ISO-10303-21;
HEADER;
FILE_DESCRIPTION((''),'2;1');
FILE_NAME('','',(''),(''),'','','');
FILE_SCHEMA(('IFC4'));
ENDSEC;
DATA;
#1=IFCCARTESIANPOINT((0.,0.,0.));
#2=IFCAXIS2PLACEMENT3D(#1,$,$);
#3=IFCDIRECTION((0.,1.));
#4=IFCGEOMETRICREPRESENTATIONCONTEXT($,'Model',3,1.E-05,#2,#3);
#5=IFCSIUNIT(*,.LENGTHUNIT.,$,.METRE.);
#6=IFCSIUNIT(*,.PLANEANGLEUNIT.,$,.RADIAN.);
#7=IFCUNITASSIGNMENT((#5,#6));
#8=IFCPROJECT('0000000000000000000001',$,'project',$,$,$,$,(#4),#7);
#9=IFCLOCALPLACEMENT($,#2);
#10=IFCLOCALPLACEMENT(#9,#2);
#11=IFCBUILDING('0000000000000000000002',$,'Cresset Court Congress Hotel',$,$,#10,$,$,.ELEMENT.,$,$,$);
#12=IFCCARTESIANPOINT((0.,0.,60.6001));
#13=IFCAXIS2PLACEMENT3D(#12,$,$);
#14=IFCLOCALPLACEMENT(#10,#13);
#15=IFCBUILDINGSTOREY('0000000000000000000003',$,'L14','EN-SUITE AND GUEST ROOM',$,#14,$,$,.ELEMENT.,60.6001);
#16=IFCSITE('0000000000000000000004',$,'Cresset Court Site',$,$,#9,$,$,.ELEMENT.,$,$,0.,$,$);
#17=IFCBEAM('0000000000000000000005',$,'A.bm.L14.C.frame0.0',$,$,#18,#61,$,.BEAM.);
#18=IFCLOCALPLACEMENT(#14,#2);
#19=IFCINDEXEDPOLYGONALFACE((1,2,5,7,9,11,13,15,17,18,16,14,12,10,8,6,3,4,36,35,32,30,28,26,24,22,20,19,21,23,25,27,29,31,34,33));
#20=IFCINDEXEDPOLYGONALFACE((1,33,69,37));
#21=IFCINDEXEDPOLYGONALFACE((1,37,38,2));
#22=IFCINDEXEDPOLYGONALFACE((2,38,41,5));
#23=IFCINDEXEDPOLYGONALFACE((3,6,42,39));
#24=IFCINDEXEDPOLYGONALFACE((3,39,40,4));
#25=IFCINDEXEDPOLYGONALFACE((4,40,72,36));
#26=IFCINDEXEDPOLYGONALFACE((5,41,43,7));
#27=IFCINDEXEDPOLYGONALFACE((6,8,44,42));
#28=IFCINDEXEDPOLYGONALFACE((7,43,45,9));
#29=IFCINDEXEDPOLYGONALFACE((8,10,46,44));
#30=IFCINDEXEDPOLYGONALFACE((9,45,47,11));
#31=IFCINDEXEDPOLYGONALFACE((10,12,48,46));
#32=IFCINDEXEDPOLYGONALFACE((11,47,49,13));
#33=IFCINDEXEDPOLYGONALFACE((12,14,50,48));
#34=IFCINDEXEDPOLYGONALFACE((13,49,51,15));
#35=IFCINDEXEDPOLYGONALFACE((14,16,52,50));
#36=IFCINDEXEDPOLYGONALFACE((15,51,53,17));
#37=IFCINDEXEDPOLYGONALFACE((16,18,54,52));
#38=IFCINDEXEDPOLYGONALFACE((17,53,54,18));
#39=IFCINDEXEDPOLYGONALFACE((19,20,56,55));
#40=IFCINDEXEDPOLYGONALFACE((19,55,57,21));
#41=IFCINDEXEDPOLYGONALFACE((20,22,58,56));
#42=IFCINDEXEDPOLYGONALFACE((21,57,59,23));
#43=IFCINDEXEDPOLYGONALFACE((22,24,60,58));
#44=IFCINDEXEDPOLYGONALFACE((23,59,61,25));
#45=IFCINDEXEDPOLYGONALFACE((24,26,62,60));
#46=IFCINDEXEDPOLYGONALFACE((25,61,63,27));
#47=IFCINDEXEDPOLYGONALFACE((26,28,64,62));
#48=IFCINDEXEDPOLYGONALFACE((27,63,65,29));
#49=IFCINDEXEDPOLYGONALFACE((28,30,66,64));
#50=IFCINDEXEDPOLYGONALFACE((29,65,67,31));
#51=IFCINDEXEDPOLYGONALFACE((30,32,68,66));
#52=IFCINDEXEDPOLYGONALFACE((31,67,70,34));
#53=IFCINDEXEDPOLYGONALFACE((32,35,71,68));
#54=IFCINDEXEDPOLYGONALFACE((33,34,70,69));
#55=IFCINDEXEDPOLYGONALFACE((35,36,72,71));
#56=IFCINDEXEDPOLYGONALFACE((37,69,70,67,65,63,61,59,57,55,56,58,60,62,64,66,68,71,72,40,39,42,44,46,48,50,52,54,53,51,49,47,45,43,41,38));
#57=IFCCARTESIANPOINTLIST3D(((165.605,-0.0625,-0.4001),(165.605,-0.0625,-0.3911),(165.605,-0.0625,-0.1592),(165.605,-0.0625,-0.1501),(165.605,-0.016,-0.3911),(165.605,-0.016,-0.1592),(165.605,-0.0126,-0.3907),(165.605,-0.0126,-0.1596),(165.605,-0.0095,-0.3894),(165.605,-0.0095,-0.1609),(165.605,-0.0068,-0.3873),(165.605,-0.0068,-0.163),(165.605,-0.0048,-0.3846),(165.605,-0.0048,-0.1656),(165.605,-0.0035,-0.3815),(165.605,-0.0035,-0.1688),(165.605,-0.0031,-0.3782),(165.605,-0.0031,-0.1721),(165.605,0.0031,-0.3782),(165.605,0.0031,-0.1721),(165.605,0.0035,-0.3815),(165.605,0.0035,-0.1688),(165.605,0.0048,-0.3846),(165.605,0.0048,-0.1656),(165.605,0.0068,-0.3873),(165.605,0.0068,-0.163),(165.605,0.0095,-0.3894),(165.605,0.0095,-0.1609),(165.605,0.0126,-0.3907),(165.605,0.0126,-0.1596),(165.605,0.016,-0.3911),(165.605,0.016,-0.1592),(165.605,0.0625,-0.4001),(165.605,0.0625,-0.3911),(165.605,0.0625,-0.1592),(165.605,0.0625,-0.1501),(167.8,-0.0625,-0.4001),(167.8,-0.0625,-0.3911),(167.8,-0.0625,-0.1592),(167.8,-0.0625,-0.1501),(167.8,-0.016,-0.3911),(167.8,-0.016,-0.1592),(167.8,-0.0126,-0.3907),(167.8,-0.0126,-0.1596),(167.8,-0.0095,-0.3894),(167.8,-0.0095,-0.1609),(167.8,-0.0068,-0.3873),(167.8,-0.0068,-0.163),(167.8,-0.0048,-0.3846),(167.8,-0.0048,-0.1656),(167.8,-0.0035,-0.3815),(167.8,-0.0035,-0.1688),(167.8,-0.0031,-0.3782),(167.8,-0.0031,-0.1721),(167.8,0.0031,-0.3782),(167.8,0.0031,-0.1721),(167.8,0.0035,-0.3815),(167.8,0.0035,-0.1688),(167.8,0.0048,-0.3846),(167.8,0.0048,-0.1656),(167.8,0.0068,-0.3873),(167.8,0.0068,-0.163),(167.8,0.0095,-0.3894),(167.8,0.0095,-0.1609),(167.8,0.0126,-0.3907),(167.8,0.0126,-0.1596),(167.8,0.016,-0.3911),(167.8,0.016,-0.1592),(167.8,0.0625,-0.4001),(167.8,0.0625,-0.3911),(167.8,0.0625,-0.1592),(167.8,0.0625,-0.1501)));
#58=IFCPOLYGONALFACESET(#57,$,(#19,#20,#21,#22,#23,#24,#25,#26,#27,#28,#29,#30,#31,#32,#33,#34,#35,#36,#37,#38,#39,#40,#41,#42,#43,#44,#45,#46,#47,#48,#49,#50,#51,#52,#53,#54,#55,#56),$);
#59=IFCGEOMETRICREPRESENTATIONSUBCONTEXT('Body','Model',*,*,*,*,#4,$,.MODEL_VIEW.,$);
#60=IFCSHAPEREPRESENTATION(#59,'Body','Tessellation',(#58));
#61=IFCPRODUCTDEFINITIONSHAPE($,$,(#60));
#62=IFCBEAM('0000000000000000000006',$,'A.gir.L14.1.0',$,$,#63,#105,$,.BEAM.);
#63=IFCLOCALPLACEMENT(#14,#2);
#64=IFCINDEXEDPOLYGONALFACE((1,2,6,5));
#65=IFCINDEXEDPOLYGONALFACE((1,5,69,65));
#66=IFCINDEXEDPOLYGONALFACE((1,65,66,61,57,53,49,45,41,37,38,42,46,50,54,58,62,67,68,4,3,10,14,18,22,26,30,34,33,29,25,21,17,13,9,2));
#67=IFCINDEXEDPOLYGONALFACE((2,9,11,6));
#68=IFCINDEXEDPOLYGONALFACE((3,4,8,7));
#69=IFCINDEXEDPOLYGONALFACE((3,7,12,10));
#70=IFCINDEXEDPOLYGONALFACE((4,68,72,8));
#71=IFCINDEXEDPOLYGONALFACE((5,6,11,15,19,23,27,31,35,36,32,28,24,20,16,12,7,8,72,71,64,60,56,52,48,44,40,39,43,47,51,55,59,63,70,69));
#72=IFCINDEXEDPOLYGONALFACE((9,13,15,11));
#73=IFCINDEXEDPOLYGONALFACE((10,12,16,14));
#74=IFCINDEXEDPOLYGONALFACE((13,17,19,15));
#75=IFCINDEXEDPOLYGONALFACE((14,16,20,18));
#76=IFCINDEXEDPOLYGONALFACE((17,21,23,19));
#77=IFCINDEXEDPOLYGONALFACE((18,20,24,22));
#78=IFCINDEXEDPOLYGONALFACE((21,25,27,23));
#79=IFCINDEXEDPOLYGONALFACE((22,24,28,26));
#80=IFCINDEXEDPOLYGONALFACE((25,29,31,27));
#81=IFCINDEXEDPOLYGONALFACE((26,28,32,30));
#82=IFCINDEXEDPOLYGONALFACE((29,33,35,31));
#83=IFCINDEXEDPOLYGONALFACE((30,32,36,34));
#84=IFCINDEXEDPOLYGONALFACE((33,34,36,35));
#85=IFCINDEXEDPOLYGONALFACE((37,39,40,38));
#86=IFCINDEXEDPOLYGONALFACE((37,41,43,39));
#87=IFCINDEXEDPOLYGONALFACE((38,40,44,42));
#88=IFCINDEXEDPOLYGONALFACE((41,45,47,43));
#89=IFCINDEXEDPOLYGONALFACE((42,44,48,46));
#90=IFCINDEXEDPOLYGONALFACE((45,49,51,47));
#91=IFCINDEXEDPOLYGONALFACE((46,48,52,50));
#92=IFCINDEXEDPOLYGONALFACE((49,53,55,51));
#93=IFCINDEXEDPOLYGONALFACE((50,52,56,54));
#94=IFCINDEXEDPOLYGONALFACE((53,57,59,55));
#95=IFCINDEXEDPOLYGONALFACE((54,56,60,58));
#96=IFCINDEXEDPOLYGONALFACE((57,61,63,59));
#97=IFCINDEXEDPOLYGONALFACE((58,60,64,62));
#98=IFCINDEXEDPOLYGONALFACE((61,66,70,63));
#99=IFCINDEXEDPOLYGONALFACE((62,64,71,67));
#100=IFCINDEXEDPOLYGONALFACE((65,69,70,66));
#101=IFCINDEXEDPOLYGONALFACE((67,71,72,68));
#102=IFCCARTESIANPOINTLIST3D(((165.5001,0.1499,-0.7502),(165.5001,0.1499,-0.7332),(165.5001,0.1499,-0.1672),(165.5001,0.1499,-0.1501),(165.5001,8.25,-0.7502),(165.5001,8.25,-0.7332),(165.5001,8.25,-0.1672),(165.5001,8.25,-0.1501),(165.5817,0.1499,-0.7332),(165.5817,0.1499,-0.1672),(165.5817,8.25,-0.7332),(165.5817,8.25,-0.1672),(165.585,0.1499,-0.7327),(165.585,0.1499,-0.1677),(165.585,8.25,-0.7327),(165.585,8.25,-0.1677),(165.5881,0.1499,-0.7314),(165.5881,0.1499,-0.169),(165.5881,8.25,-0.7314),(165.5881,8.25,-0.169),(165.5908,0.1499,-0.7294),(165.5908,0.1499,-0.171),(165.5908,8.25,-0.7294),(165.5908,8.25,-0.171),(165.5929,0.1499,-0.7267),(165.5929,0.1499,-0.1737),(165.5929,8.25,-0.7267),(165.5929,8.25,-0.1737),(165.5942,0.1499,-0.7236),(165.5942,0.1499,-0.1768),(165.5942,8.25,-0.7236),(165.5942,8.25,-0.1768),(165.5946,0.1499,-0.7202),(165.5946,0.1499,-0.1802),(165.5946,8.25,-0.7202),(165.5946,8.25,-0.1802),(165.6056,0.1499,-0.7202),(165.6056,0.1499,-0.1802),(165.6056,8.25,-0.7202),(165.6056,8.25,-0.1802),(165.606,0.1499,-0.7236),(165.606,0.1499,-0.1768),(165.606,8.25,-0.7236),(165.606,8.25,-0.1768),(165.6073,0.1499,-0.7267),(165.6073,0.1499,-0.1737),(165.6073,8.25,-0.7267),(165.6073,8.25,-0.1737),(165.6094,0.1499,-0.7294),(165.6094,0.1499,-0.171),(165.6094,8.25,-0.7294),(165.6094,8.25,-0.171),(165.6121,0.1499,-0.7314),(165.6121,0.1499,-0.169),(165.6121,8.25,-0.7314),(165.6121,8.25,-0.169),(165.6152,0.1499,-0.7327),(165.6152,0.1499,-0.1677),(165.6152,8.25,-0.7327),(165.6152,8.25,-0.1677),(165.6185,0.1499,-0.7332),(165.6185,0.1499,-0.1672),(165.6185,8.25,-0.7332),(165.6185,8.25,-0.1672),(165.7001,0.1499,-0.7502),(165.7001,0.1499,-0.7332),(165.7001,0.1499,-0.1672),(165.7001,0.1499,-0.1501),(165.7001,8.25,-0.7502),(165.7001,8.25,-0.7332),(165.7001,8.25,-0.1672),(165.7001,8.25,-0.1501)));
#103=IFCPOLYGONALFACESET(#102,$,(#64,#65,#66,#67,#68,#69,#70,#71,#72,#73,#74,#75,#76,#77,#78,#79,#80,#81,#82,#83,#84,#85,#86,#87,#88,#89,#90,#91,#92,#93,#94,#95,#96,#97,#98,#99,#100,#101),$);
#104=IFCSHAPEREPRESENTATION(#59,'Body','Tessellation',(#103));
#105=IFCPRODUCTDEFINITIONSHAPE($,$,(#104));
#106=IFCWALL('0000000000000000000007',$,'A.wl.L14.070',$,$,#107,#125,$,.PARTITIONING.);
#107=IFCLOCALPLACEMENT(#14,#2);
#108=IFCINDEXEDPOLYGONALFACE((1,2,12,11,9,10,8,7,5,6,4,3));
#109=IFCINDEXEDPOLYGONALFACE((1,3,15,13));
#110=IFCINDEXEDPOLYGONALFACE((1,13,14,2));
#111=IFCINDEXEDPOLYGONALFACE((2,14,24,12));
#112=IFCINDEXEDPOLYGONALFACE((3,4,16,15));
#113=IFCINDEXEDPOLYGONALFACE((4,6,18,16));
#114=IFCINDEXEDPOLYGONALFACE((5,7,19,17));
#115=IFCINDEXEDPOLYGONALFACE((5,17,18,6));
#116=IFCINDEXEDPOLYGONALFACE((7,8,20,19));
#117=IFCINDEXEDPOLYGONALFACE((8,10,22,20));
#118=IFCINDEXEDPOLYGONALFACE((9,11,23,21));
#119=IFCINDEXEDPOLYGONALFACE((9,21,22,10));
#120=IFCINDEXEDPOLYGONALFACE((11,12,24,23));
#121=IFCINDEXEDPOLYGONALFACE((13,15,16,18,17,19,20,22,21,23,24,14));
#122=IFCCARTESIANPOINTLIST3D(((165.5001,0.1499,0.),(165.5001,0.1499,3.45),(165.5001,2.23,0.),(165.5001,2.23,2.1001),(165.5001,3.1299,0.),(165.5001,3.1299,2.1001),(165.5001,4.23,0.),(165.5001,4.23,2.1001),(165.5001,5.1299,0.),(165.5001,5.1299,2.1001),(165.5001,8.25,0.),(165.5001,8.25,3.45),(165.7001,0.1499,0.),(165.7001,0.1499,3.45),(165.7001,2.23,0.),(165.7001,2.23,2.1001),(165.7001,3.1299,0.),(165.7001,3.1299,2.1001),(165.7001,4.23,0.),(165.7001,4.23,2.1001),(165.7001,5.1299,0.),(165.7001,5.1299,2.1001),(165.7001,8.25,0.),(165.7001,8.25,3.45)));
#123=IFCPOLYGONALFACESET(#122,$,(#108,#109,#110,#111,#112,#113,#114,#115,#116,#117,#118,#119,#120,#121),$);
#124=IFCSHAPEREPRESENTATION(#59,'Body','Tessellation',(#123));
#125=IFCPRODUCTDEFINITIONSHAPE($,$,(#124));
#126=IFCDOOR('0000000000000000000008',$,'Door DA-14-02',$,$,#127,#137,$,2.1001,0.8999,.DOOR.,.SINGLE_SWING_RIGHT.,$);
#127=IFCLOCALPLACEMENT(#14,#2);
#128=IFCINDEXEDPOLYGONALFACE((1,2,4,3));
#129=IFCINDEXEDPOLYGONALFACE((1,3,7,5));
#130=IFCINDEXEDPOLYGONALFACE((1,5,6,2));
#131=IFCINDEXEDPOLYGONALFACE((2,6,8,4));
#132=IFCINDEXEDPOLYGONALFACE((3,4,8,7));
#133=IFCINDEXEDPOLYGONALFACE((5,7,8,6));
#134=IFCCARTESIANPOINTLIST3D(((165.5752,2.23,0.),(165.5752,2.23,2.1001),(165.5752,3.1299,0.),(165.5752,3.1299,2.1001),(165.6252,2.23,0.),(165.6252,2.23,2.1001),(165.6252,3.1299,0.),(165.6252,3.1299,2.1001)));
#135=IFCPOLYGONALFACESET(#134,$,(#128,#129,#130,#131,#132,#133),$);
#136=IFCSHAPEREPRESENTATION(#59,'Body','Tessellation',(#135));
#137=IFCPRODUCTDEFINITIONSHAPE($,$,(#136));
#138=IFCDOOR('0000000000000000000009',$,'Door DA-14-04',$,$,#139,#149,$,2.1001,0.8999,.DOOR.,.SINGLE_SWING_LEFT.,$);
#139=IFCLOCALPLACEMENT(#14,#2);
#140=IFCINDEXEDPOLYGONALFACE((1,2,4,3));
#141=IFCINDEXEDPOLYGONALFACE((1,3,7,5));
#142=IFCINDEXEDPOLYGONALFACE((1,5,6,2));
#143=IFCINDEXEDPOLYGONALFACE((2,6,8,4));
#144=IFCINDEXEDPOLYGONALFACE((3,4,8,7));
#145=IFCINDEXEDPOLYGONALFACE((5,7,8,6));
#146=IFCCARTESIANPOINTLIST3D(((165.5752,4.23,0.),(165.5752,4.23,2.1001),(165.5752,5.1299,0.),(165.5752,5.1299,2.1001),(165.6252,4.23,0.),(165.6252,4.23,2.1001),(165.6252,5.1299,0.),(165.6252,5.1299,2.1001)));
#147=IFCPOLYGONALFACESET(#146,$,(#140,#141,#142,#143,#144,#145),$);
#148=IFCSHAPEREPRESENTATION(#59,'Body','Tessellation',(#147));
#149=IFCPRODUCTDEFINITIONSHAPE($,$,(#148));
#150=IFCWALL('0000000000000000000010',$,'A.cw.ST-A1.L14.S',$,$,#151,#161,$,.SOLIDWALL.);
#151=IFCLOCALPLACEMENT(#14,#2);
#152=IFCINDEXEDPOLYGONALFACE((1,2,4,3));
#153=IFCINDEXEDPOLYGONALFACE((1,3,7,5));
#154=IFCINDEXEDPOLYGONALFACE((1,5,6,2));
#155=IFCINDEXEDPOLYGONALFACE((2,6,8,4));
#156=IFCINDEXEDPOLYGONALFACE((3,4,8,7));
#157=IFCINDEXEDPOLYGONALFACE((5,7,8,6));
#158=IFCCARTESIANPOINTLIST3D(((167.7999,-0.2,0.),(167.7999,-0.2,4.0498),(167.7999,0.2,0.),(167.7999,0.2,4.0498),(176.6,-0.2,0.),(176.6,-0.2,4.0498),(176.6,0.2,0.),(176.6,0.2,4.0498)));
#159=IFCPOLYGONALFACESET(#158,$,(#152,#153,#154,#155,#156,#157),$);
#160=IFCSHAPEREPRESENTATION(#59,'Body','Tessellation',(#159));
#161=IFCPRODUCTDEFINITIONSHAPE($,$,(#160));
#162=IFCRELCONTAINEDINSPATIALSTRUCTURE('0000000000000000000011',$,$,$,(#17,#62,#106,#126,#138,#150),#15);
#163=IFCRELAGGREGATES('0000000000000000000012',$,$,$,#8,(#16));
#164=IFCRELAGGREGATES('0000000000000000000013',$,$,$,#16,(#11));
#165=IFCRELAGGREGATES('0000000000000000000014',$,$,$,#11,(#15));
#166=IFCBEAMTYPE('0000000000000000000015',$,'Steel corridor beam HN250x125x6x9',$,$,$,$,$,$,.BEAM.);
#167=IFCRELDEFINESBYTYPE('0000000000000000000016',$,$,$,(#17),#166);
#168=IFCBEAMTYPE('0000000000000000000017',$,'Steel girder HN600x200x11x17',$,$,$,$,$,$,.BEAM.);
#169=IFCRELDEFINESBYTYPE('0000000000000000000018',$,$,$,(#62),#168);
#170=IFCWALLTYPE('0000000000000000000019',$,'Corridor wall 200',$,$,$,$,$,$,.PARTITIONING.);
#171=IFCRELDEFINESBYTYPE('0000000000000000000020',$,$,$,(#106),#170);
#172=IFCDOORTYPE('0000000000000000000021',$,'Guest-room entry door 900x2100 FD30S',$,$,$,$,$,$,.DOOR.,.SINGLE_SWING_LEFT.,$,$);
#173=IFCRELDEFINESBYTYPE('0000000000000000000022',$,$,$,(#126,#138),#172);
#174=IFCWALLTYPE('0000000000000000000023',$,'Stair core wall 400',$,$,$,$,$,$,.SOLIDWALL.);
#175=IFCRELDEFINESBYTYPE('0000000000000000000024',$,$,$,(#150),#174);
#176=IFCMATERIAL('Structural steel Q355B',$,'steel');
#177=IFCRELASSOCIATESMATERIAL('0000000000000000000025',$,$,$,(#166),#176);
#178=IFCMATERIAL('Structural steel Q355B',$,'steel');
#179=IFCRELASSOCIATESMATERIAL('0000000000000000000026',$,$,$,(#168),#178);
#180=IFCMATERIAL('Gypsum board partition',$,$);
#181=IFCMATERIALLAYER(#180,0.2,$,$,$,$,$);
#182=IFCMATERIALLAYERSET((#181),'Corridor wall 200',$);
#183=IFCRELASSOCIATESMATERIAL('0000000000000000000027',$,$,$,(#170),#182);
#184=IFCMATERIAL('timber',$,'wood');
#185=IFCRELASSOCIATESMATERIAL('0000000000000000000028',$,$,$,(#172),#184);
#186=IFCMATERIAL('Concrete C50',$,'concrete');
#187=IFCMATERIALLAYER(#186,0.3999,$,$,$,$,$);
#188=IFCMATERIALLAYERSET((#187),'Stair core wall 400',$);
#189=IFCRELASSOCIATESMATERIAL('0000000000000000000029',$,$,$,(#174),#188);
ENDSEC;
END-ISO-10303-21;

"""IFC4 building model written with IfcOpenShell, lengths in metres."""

from ifc_helpers import new_model, si_unit, direction, frame, frame_2d, origin, origin_2d, place, context, subcontext, project, spatial, rectangle, i_section, extrude, material, layer, layer_set, material_profile, profile_set, type_object, element, fill, save


model = new_model("IFC4")

# Units and contexts
model_context = context("Model", 3, precision=1e-05, world=origin(), true_north=direction((0.0, 1.0)))
body_context = subcontext(model_context, "Body", "Model", "MODEL_VIEW")
ifc_project = project(units=[si_unit("LENGTHUNIT", "METRE"), si_unit("PLANEANGLEUNIT", "RADIAN")], contexts=[model_context])

# Site, building, storey
site_placement = place(None, origin())
site = spatial("IfcSite", under=ifc_project, at=site_placement, Name="Cresset Court Site", CompositionType="ELEMENT", RefElevation=0.0)
building_placement = place(site_placement, origin())
building = spatial("IfcBuilding", under=site, at=building_placement, Name="Cresset Court Congress Hotel", CompositionType="ELEMENT")
storey_placement = place(building_placement, frame((0.0, 0.0, 60.6001)))
storey = spatial("IfcBuildingStorey", under=building, at=storey_placement, Name="L14", Description="EN-SUITE AND GUEST ROOM", CompositionType="ELEMENT", Elevation=60.6001)

# Beams
ifc_material_1 = material(Name="Structural steel Q355B", Category="steel")
ifc_material_profile_1 = material_profile(ifc_material_1, i_section(OverallWidth=0.125, OverallDepth=0.25, WebThickness=0.0061, FlangeThickness=0.009, FilletRadius=0.0129, at=origin_2d()), Name="HN250x125x6x9")
ifc_profile_set_1 = profile_set([ifc_material_profile_1], Name="Structural steel Q355B")
beam_type_1 = type_object("IfcBeamType", Name="Steel corridor beam HN250x125x6x9", PredefinedType="BEAM", material=ifc_profile_set_1)
beam_1_placement = place(storey_placement, frame((165.605, 0.0, -0.2751), z_axis=(1.0, 0.0, 0.0), x_axis=(0.0, 1.0, 0.0)))
element("IfcBeam", 1, at=beam_1_placement, inside=storey, type_object=beam_type_1, Name="A.bm.L14.C.frame0.0", PredefinedType="BEAM", context=body_context, shape_type="SweptSolid", body=[
    extrude(i_section(OverallWidth=0.125, OverallDepth=0.25, WebThickness=0.0061, FlangeThickness=0.009, FilletRadius=0.0129, at=origin_2d()), origin(), (0.0, 0.0, 1.0), 2.1951),
])
ifc_material_2 = material(Name="Structural steel Q355B", Category="steel")
ifc_material_profile_2 = material_profile(ifc_material_2, i_section(OverallWidth=0.2, OverallDepth=0.6001, WebThickness=0.011, FlangeThickness=0.0171, FilletRadius=0.0129, at=origin_2d()), Name="HN600x200x11x17")
ifc_profile_set_2 = profile_set([ifc_material_profile_2], Name="Structural steel Q355B")
beam_type_2 = type_object("IfcBeamType", Name="Steel girder HN600x200x11x17", PredefinedType="BEAM", material=ifc_profile_set_2)
beam_2_placement = place(storey_placement, frame((165.6001, 0.1499, -0.4502), z_axis=(0.0, 1.0, 0.0), x_axis=(-1.0, 0.0, 0.0)))
element("IfcBeam", 2, at=beam_2_placement, inside=storey, type_object=beam_type_2, Name="A.gir.L14.1.0", PredefinedType="BEAM", context=body_context, shape_type="SweptSolid", body=[
    extrude(i_section(OverallWidth=0.2, OverallDepth=0.6001, WebThickness=0.011, FlangeThickness=0.0171, FilletRadius=0.0129, at=origin_2d()), origin(), (0.0, 0.0, 1.0), 8.1001),
])

# Wall, openings, doors
ifc_material_3 = material(Name="Gypsum board partition")
ifc_layer_1 = layer(ifc_material_3, 0.2)
ifc_layer_set_1 = layer_set([ifc_layer_1], Name="Corridor wall 200")
wall_type_1 = type_object("IfcWallType", Name="Corridor wall 200", PredefinedType="PARTITIONING", material=ifc_layer_set_1)
wall_1_placement = place(storey_placement, frame((165.6001, 0.1499, 0.0), z_axis=(0.0, 0.0, 1.0), x_axis=(0.0, 1.0, 0.0)))
wall_1 = element("IfcWall", 3, at=wall_1_placement, inside=storey, type_object=wall_type_1, Name="A.wl.L14.070", PredefinedType="PARTITIONING", context=body_context, shape_type="SweptSolid", body=[
    extrude(rectangle(XDim=8.1001, YDim=0.2, at=frame_2d((4.05, 0.0))), origin(), (0.0, 0.0, 1.0), 3.45),
])
opening_1_placement = place(wall_1_placement, frame((2.0801, 0.0, 0.0)))
opening_1 = element("IfcOpeningElement", 4, at=opening_1_placement, cuts=wall_1, PredefinedType="OPENING", context=body_context, shape_type="SweptSolid", body=[
    extrude(rectangle(XDim=0.8999, YDim=2.1001, at=frame_2d((0.45, 1.05))), frame((0.0, 0.1099, 0.0), z_axis=(0.0, -1.0, 0.0), x_axis=(1.0, 0.0, 0.0)), (0.0, 0.0, 1.0), 0.22),
])
opening_2_placement = place(wall_1_placement, frame((4.0801, 0.0, 0.0)))
opening_2 = element("IfcOpeningElement", 5, at=opening_2_placement, cuts=wall_1, PredefinedType="OPENING", context=body_context, shape_type="SweptSolid", body=[
    extrude(rectangle(XDim=0.8999, YDim=2.1001, at=frame_2d((0.45, 1.05))), frame((0.0, 0.1099, 0.0), z_axis=(0.0, -1.0, 0.0), x_axis=(1.0, 0.0, 0.0)), (0.0, 0.0, 1.0), 0.22),
])
ifc_material_4 = material(Name="timber", Category="wood")
door_type_1 = type_object("IfcDoorType", Name="Guest-room entry door 900x2100 FD30S", OperationType="SINGLE_SWING_LEFT", PredefinedType="DOOR", material=ifc_material_4)
door_1_placement = place(opening_1_placement, origin())
door_1 = element("IfcDoor", 6, at=door_1_placement, inside=storey, type_object=door_type_1, Name="Door DA-14-02", OperationType="SINGLE_SWING_RIGHT", OverallHeight=2.1001, OverallWidth=0.8999, PredefinedType="DOOR", context=body_context, shape_type="SweptSolid", body=[
    extrude(rectangle(XDim=0.8999, YDim=2.1001, at=frame_2d((0.45, 1.05))), frame((0.0, 0.0249, 0.0), z_axis=(0.0, -1.0, 0.0), x_axis=(1.0, 0.0, 0.0)), (0.0, 0.0, 1.0), 0.05),
])
fill(opening_1, door_1)
door_2_placement = place(opening_2_placement, origin())
door_2 = element("IfcDoor", 7, at=door_2_placement, inside=storey, type_object=door_type_1, Name="Door DA-14-04", OperationType="SINGLE_SWING_LEFT", OverallHeight=2.1001, OverallWidth=0.8999, PredefinedType="DOOR", context=body_context, shape_type="SweptSolid", body=[
    extrude(rectangle(XDim=0.8999, YDim=2.1001, at=frame_2d((0.45, 1.05))), frame((0.0, 0.0249, 0.0), z_axis=(0.0, -1.0, 0.0), x_axis=(1.0, 0.0, 0.0)), (0.0, 0.0, 1.0), 0.05),
])
fill(opening_2, door_2)

# Wall
ifc_material_5 = material(Name="Concrete C50", Category="concrete")
ifc_layer_2 = layer(ifc_material_5, 0.3999)
ifc_layer_set_2 = layer_set([ifc_layer_2], Name="Stair core wall 400")
wall_type_2 = type_object("IfcWallType", Name="Stair core wall 400", PredefinedType="SOLIDWALL", material=ifc_layer_set_2)
wall_2_placement = place(storey_placement, frame((167.8, 0.0, 0.0), z_axis=(0.0, 0.0, 1.0), x_axis=(1.0, 0.0, 0.0)))
element("IfcWall", 8, at=wall_2_placement, inside=storey, type_object=wall_type_2, Name="A.cw.ST-A1.L14.S", PredefinedType="SOLIDWALL", context=body_context, shape_type="SweptSolid", body=[
    extrude(rectangle(XDim=8.8, YDim=0.3999, at=frame_2d((4.3999, 0.0))), origin(), (0.0, 0.0, 1.0), 4.0498),
])

save(model, "model.ifc")
